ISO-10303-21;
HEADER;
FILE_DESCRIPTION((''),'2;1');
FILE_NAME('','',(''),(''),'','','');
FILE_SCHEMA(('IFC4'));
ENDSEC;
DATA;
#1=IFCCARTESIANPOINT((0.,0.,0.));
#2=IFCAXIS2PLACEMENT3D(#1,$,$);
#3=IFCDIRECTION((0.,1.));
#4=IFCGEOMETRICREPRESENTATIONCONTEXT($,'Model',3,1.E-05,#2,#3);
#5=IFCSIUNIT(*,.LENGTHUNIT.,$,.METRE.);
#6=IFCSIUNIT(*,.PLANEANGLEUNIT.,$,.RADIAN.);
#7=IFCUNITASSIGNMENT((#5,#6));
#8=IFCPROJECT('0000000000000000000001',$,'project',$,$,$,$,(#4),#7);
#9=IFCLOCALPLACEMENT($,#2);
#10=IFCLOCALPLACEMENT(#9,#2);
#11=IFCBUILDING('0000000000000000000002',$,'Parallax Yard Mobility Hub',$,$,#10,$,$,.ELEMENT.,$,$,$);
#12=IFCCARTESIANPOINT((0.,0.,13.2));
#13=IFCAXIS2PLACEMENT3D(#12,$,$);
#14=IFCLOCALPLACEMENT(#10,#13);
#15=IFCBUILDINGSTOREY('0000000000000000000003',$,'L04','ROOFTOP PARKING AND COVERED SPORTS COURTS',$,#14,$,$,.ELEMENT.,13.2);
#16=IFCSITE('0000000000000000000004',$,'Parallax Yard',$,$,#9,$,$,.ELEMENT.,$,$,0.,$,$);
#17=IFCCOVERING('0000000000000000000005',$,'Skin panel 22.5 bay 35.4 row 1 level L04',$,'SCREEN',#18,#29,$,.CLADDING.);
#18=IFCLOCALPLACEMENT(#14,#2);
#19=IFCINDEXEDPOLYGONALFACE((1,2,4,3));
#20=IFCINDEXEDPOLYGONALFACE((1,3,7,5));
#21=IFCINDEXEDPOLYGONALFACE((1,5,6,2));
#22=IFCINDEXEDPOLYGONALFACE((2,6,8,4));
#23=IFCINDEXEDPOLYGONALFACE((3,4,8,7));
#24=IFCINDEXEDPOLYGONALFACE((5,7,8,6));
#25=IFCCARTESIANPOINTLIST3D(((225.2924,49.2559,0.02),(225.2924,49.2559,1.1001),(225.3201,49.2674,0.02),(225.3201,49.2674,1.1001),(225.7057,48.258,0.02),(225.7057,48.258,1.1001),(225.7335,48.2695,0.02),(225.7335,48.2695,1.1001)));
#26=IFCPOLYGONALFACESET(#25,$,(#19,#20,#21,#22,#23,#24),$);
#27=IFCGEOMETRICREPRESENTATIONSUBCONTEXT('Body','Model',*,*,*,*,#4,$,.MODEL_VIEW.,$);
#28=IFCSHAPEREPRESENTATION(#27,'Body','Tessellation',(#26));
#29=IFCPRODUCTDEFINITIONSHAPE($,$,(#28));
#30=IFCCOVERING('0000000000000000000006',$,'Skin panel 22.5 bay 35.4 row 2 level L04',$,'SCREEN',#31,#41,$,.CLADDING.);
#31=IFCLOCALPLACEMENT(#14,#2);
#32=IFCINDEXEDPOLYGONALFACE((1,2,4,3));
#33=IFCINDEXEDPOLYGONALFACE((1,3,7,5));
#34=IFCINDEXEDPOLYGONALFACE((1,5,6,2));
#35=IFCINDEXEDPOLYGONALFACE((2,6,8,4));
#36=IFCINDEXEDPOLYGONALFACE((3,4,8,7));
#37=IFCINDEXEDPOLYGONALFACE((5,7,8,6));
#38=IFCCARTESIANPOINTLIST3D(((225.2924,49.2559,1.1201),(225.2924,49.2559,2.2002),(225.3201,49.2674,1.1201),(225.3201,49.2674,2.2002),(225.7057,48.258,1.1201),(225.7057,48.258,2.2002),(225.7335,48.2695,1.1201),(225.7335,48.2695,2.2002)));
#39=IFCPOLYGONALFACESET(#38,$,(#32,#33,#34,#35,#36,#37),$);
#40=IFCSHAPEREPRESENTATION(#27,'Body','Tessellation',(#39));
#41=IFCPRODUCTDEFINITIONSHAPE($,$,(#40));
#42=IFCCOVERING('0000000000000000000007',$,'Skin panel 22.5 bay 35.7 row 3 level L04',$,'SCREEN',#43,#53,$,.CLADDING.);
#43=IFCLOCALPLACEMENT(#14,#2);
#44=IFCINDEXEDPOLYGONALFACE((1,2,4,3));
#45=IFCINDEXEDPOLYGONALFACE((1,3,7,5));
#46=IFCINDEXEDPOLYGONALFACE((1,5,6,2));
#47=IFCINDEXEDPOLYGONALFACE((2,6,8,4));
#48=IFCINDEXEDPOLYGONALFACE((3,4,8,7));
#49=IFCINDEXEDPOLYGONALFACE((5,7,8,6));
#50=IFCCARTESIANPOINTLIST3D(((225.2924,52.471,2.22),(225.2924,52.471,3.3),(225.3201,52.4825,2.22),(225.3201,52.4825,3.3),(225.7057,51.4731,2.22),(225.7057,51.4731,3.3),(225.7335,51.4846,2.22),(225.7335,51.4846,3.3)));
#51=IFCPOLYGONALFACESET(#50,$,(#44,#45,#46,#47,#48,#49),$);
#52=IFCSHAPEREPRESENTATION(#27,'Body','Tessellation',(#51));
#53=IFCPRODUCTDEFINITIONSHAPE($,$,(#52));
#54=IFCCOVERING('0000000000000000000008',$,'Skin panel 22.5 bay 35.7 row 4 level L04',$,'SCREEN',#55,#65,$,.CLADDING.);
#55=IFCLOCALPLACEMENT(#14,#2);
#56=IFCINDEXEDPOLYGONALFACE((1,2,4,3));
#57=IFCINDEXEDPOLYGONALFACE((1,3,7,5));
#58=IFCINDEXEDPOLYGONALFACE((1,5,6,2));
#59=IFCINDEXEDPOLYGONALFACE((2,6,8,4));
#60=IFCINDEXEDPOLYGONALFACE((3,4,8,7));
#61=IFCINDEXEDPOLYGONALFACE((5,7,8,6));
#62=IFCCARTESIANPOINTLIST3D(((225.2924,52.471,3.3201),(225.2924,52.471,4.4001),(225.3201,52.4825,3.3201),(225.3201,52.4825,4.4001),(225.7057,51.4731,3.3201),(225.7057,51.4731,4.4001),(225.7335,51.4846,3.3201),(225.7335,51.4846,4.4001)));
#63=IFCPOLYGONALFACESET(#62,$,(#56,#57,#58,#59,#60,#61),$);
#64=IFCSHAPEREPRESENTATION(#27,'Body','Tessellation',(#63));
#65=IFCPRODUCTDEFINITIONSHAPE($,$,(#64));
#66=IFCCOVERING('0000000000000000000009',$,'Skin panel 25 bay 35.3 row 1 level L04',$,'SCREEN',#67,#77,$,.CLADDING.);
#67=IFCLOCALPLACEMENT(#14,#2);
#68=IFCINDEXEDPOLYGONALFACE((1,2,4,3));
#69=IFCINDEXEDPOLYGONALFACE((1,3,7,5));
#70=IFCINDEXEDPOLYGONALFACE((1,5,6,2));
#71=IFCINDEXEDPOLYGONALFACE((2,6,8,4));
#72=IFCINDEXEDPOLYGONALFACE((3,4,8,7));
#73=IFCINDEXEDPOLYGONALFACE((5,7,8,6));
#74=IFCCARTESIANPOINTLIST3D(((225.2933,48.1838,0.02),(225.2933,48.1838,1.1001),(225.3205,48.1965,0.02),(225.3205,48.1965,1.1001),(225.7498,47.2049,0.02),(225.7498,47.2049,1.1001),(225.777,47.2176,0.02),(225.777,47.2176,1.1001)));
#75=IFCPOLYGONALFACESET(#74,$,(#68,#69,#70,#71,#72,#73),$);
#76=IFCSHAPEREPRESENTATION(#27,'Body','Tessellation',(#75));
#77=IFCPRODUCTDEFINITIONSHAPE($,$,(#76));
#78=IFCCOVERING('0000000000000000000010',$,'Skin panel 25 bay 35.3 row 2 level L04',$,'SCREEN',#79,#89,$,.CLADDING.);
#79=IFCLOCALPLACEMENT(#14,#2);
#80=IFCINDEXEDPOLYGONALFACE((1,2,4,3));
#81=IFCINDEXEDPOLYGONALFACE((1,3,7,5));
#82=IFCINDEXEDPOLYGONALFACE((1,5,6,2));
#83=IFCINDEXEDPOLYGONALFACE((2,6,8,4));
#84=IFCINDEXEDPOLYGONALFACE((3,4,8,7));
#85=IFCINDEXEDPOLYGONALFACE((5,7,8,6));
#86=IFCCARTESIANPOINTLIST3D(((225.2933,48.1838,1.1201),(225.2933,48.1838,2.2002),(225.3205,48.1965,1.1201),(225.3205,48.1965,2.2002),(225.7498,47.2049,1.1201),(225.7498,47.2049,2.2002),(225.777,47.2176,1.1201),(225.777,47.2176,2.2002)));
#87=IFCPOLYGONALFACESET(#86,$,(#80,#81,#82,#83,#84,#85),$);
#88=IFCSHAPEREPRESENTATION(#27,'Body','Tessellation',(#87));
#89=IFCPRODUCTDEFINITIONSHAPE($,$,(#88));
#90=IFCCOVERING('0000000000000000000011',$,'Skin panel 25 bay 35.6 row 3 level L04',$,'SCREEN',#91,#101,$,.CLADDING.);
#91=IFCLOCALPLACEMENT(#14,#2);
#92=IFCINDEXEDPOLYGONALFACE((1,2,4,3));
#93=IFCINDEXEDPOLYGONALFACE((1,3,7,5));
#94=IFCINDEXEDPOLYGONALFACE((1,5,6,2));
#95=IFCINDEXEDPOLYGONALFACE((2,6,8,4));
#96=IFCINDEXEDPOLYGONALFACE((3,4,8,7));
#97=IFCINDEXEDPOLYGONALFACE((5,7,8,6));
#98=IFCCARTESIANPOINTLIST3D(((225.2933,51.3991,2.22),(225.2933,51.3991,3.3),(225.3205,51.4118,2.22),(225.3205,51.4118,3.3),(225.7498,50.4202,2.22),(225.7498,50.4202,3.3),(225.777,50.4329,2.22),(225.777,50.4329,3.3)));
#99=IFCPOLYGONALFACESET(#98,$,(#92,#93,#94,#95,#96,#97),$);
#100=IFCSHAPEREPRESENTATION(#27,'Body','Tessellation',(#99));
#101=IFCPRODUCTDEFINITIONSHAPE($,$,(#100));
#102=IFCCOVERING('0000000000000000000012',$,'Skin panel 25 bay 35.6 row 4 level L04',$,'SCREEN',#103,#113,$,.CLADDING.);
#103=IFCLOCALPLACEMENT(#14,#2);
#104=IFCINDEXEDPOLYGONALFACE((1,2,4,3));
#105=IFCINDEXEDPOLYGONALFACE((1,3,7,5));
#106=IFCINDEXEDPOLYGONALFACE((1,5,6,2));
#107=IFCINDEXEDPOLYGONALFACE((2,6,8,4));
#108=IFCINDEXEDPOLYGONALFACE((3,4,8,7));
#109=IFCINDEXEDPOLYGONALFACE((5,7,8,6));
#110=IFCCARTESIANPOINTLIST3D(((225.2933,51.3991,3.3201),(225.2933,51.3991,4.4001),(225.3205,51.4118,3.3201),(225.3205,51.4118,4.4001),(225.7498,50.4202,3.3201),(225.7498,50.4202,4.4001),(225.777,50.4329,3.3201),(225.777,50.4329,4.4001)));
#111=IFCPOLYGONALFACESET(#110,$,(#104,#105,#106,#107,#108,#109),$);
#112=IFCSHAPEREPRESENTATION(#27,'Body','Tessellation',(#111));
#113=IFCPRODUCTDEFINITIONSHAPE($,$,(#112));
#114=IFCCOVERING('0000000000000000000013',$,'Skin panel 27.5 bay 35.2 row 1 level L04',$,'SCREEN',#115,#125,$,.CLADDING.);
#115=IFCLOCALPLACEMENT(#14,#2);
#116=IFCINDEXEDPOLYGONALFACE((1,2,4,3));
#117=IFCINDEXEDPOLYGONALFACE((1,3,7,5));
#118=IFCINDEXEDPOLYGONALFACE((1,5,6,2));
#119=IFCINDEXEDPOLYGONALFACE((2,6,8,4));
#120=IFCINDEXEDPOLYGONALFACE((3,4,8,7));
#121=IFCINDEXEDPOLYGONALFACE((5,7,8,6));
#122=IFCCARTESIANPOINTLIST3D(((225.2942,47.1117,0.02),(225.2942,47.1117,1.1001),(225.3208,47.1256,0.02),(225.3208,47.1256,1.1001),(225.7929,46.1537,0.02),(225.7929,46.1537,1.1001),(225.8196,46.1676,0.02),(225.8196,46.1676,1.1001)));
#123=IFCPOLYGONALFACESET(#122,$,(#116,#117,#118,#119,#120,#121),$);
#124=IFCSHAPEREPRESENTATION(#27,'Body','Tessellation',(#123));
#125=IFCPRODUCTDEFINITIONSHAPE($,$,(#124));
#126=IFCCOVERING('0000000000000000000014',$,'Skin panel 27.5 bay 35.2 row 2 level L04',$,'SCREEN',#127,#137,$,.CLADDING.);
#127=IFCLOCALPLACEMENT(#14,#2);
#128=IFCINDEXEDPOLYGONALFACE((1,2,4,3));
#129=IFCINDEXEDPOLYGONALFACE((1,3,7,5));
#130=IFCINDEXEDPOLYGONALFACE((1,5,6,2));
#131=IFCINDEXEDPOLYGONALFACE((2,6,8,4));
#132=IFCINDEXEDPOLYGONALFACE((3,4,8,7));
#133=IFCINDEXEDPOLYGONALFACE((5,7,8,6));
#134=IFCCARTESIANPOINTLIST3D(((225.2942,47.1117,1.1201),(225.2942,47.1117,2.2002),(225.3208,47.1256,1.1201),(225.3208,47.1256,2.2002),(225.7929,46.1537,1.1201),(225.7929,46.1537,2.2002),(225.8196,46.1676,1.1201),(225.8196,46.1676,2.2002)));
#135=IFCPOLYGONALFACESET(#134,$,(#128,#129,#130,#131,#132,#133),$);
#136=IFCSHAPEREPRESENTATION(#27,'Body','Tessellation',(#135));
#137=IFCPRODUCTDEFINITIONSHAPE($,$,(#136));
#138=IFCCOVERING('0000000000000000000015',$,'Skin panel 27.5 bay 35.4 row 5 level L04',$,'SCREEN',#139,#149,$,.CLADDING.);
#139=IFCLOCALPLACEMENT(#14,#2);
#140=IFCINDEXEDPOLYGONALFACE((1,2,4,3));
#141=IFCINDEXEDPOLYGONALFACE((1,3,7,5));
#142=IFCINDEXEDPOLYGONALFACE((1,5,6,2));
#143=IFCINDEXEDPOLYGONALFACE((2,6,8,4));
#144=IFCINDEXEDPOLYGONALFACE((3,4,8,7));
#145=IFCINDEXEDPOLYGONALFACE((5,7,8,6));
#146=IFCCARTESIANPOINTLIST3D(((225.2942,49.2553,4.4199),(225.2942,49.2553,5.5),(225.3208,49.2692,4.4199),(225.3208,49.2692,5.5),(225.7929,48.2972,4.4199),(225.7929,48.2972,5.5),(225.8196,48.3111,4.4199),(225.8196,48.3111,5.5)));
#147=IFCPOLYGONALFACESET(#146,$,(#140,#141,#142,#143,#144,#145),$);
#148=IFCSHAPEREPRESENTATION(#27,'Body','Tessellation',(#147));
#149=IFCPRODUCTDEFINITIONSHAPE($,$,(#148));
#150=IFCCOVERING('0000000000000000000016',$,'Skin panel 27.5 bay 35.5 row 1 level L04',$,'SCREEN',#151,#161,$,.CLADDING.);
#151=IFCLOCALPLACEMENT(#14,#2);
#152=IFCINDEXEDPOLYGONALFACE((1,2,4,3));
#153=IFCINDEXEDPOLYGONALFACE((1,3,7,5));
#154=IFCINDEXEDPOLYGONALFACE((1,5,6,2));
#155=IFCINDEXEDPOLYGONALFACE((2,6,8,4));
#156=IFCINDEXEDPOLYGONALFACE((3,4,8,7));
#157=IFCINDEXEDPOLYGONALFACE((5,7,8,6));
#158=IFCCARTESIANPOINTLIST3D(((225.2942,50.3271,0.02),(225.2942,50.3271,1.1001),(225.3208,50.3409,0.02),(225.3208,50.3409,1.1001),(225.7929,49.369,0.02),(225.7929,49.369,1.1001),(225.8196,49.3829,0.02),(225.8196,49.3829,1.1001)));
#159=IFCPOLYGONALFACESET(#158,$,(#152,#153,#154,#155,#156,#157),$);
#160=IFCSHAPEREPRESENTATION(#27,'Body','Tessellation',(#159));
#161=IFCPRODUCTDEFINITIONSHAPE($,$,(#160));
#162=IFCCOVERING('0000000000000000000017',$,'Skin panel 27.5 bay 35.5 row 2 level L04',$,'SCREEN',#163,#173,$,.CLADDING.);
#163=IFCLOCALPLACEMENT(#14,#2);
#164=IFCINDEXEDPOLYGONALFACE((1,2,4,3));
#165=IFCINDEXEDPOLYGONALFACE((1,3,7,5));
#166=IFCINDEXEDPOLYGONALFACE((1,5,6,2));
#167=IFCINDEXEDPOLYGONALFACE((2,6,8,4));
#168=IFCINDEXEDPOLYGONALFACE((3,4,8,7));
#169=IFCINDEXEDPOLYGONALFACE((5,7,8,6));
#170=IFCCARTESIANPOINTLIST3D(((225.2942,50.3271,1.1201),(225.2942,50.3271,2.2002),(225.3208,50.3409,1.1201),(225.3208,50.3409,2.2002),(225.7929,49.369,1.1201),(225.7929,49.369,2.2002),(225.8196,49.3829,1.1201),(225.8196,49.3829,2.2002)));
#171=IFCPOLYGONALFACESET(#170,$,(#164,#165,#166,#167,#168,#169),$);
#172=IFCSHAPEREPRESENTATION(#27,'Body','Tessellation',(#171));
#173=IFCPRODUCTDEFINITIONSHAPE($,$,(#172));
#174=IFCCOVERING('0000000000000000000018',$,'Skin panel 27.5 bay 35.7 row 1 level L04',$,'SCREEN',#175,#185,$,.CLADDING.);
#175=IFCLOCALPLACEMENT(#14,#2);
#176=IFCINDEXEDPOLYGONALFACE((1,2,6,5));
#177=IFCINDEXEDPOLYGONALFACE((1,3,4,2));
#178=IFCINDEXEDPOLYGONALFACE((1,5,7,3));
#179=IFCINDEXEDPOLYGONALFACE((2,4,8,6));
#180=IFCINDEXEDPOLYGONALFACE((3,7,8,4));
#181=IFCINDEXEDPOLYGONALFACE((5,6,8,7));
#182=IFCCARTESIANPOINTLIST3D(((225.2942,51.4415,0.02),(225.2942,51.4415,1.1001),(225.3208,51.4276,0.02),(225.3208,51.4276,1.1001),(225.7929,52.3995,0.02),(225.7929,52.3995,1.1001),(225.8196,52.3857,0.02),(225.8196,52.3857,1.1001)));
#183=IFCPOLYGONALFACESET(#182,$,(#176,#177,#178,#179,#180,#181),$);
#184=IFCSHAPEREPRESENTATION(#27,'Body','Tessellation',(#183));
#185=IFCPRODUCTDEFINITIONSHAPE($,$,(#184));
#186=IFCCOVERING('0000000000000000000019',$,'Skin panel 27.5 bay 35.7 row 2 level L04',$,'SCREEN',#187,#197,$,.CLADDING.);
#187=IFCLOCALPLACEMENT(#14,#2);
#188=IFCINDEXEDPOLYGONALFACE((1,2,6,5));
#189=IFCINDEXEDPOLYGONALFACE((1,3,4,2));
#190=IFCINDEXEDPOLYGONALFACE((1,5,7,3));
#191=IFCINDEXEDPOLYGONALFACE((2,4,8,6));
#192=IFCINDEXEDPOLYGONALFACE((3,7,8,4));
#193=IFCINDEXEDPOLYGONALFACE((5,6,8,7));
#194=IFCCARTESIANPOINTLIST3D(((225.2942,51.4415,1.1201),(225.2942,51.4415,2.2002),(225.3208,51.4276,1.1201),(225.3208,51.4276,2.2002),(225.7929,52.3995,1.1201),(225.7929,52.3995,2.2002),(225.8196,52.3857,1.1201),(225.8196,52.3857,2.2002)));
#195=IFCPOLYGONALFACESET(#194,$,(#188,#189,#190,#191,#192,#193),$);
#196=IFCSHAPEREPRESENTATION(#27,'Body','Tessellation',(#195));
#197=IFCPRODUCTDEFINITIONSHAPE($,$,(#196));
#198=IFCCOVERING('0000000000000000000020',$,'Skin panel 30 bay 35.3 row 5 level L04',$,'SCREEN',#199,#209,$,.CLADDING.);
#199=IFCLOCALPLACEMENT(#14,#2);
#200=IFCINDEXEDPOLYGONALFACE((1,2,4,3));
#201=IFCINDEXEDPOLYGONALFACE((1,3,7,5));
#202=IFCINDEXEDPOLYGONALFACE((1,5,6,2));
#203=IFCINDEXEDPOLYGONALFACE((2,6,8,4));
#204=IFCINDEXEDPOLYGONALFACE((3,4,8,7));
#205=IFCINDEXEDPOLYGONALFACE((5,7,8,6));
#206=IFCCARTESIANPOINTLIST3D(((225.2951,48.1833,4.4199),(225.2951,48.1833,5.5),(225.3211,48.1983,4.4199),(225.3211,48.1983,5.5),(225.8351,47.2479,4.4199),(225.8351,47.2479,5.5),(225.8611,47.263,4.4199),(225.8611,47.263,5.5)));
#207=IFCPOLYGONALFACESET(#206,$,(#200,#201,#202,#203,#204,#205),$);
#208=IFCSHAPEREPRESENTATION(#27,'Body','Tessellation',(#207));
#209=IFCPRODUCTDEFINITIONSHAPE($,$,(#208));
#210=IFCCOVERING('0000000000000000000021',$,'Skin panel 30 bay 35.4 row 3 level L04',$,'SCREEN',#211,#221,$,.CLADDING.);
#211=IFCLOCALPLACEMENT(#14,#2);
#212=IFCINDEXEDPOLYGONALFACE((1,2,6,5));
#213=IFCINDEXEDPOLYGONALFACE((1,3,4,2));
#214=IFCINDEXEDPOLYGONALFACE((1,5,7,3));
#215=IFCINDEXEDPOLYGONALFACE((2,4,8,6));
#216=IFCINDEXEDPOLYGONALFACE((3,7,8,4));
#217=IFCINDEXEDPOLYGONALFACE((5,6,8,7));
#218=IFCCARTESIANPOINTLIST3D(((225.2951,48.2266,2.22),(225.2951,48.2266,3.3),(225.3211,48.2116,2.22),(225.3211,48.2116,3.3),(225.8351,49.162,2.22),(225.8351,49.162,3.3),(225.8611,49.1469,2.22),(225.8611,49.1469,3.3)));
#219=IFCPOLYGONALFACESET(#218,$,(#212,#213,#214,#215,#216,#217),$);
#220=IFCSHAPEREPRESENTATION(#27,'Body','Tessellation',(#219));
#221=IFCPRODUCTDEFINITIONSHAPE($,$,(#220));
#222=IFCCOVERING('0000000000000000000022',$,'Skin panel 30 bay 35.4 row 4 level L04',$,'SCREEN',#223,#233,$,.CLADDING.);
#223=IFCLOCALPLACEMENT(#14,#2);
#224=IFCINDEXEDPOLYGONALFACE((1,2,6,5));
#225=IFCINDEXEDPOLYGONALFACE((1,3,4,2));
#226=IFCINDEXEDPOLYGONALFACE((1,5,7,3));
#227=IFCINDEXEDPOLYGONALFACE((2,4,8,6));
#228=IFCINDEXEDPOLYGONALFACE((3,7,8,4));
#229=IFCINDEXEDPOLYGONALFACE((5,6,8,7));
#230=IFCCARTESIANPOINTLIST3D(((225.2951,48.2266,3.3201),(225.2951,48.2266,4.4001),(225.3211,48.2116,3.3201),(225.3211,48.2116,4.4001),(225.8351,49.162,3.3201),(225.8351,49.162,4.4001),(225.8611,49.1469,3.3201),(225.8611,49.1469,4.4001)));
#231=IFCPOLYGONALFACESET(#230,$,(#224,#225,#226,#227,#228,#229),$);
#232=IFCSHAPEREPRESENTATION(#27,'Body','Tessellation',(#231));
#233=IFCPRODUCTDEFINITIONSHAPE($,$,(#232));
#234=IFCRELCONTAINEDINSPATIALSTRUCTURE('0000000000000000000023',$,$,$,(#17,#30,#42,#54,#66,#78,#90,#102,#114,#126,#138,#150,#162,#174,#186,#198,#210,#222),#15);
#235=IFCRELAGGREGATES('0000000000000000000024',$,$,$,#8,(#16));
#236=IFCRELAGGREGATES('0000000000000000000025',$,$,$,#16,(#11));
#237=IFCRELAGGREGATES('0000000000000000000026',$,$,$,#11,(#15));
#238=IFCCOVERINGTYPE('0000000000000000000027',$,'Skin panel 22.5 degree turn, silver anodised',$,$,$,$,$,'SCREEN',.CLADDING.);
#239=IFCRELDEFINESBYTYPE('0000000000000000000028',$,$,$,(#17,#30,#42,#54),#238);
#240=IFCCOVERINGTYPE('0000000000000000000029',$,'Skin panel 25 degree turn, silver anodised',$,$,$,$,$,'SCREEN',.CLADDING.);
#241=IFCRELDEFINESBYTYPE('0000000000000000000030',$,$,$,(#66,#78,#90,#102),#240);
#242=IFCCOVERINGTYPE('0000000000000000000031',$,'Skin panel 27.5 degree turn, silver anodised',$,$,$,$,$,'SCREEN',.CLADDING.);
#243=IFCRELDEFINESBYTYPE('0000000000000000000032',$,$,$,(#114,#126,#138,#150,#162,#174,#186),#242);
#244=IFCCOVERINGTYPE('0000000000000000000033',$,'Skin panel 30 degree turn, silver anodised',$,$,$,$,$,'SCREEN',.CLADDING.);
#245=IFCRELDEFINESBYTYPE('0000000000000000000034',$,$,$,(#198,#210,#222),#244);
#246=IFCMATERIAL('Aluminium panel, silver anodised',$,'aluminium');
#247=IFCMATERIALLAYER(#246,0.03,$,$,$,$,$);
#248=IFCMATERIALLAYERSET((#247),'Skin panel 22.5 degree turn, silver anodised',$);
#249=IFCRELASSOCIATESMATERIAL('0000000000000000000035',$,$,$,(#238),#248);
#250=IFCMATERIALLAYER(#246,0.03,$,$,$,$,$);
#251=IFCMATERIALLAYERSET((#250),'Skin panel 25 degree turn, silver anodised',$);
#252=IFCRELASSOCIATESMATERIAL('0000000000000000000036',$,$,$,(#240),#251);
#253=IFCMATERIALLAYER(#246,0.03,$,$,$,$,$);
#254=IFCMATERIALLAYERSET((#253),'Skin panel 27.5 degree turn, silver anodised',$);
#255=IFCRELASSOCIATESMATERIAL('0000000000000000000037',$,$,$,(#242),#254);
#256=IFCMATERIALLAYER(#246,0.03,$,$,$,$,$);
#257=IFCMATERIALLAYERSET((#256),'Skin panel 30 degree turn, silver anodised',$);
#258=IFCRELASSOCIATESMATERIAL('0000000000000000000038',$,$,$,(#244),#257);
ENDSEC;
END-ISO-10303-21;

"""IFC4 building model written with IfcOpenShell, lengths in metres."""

from ifc_helpers import new_model, si_unit, direction, frame, origin, origin_2d, place, context, subcontext, project, spatial, rectangle, extrude, material, layer, layer_set, type_object, element, save


model = new_model("IFC4")

# Units and contexts
model_context = context("Model", 3, precision=1e-05, world=origin(), true_north=direction((0.0, 1.0)))
body_context = subcontext(model_context, "Body", "Model", "MODEL_VIEW")
ifc_project = project(units=[si_unit("LENGTHUNIT", "METRE"), si_unit("PLANEANGLEUNIT", "RADIAN")], contexts=[model_context])

# Site, building, storey
site_placement = place(None, origin())
site = spatial("IfcSite", under=ifc_project, at=site_placement, Name="Parallax Yard", CompositionType="ELEMENT", RefElevation=0.0)
building_placement = place(site_placement, origin())
building = spatial("IfcBuilding", under=site, at=building_placement, Name="Parallax Yard Mobility Hub", CompositionType="ELEMENT")
storey_placement = place(building_placement, frame((0.0, 0.0, 13.2)))
storey = spatial("IfcBuildingStorey", under=building, at=storey_placement, Name="L04", Description="ROOFTOP PARKING AND COVERED SPORTS COURTS", CompositionType="ELEMENT", Elevation=13.2)

# Coverings
ifc_material_1 = material(Name="Aluminium panel, silver anodised", Category="aluminium")
ifc_layer_1 = layer(ifc_material_1, 0.03)
ifc_layer_set_1 = layer_set([ifc_layer_1], Name="Skin panel 22.5 degree turn, silver anodised")
covering_type_1 = type_object("IfcCoveringType", Name="Skin panel 22.5 degree turn, silver anodised", ElementType="SCREEN", PredefinedType="CLADDING", material=ifc_layer_set_1)
for number, where, z_axis, x_axis, name in (
    (1, (225.5129, 48.7627, 0.02), (0.0, 0.0, 1.0), (0.382683, -0.92388, 0.0), "Skin panel 22.5 bay 35.4 row 1 level L04"),
    (2, (225.5129, 48.7627, 1.1201), (0.0, 0.0, 1.0), (0.382683, -0.92388, 0.0), "Skin panel 22.5 bay 35.4 row 2 level L04"),
    (3, (225.5129, 51.9778, 2.22), (0.0, 0.0, 1.0), (0.382683, -0.92388, 0.0), "Skin panel 22.5 bay 35.7 row 3 level L04"),
    (4, (225.5129, 51.9778, 3.3201), (0.0, 0.0, 1.0), (0.382683, -0.92388, 0.0), "Skin panel 22.5 bay 35.7 row 4 level L04"),
):
    element("IfcCovering", number, at=place(storey_placement, frame(where, z_axis=z_axis, x_axis=x_axis)), inside=storey, type_object=covering_type_1, Name=name, ObjectType="SCREEN", PredefinedType="CLADDING", context=body_context, shape_type="SweptSolid", body=[
        extrude(rectangle(XDim=1.0801, YDim=0.03, at=origin_2d()), origin(), (0.0, 0.0, 1.0), 1.0801),
    ])
ifc_layer_2 = layer(ifc_material_1, 0.03)
ifc_layer_set_2 = layer_set([ifc_layer_2], Name="Skin panel 25 degree turn, silver anodised")
covering_type_2 = type_object("IfcCoveringType", Name="Skin panel 25 degree turn, silver anodised", ElementType="SCREEN", PredefinedType="CLADDING", material=ifc_layer_set_2)
for number, where, z_axis, x_axis, name in (
    (5, (225.5352, 47.7007, 0.02), (0.0, 0.0, 1.0), (0.422618, -0.906308, 0.0), "Skin panel 25 bay 35.3 row 1 level L04"),
    (6, (225.5352, 47.7007, 1.1201), (0.0, 0.0, 1.0), (0.422618, -0.906308, 0.0), "Skin panel 25 bay 35.3 row 2 level L04"),
    (7, (225.5352, 50.916, 2.22), (0.0, 0.0, 1.0), (0.422618, -0.906308, 0.0), "Skin panel 25 bay 35.6 row 3 level L04"),
    (8, (225.5352, 50.916, 3.3201), (0.0, 0.0, 1.0), (0.422618, -0.906308, 0.0), "Skin panel 25 bay 35.6 row 4 level L04"),
):
    element("IfcCovering", number, at=place(storey_placement, frame(where, z_axis=z_axis, x_axis=x_axis)), inside=storey, type_object=covering_type_2, Name=name, ObjectType="SCREEN", PredefinedType="CLADDING", context=body_context, shape_type="SweptSolid", body=[
        extrude(rectangle(XDim=1.0801, YDim=0.03, at=origin_2d()), origin(), (0.0, 0.0, 1.0), 1.0801),
    ])
ifc_layer_3 = layer(ifc_material_1, 0.03)
ifc_layer_set_3 = layer_set([ifc_layer_3], Name="Skin panel 27.5 degree turn, silver anodised")
covering_type_3 = type_object("IfcCoveringType", Name="Skin panel 27.5 degree turn, silver anodised", ElementType="SCREEN", PredefinedType="CLADDING", material=ifc_layer_set_3)
for number, where, z_axis, x_axis, name in (
    (9, (225.5569, 46.6396, 0.02), (0.0, 0.0, 1.0), (0.461749, -0.887011, 0.0), "Skin panel 27.5 bay 35.2 row 1 level L04"),
    (10, (225.5569, 46.6396, 1.1201), (0.0, 0.0, 1.0), (0.461749, -0.887011, 0.0), "Skin panel 27.5 bay 35.2 row 2 level L04"),
    (11, (225.5569, 48.7832, 4.4199), (0.0, 0.0, 1.0), (0.461749, -0.887011, 0.0), "Skin panel 27.5 bay 35.4 row 5 level L04"),
    (12, (225.5569, 49.855, 0.02), (0.0, 0.0, 1.0), (0.461749, -0.887011, 0.0), "Skin panel 27.5 bay 35.5 row 1 level L04"),
    (13, (225.5569, 49.855, 1.1201), (0.0, 0.0, 1.0), (0.461749, -0.887011, 0.0), "Skin panel 27.5 bay 35.5 row 2 level L04"),
    (14, (225.5569, 51.9136, 0.02), (0.0, 0.0, 1.0), (0.461749, 0.887011, 0.0), "Skin panel 27.5 bay 35.7 row 1 level L04"),
    (15, (225.5569, 51.9136, 1.1201), (0.0, 0.0, 1.0), (0.461749, 0.887011, 0.0), "Skin panel 27.5 bay 35.7 row 2 level L04"),
):
    element("IfcCovering", number, at=place(storey_placement, frame(where, z_axis=z_axis, x_axis=x_axis)), inside=storey, type_object=covering_type_3, Name=name, ObjectType="SCREEN", PredefinedType="CLADDING", context=body_context, shape_type="SweptSolid", body=[
        extrude(rectangle(XDim=1.0801, YDim=0.03, at=origin_2d()), origin(), (0.0, 0.0, 1.0), 1.0801),
    ])
ifc_layer_4 = layer(ifc_material_1, 0.03)
ifc_layer_set_4 = layer_set([ifc_layer_4], Name="Skin panel 30 degree turn, silver anodised")
covering_type_4 = type_object("IfcCoveringType", Name="Skin panel 30 degree turn, silver anodised", ElementType="SCREEN", PredefinedType="CLADDING", material=ifc_layer_set_4)
for number, where, z_axis, x_axis, name in (
    (16, (225.5781, 47.7231, 4.4199), (0.0, 0.0, 1.0), (0.5, -0.866025, 0.0), "Skin panel 30 bay 35.3 row 5 level L04"),
    (17, (225.5781, 48.6868, 2.22), (0.0, 0.0, 1.0), (0.5, 0.866025, 0.0), "Skin panel 30 bay 35.4 row 3 level L04"),
    (18, (225.5781, 48.6868, 3.3201), (0.0, 0.0, 1.0), (0.5, 0.866025, 0.0), "Skin panel 30 bay 35.4 row 4 level L04"),
):
    element("IfcCovering", number, at=place(storey_placement, frame(where, z_axis=z_axis, x_axis=x_axis)), inside=storey, type_object=covering_type_4, Name=name, ObjectType="SCREEN", PredefinedType="CLADDING", context=body_context, shape_type="SweptSolid", body=[
        extrude(rectangle(XDim=1.0801, YDim=0.03, at=origin_2d()), origin(), (0.0, 0.0, 1.0), 1.0801),
    ])

save(model, "model.ifc")
